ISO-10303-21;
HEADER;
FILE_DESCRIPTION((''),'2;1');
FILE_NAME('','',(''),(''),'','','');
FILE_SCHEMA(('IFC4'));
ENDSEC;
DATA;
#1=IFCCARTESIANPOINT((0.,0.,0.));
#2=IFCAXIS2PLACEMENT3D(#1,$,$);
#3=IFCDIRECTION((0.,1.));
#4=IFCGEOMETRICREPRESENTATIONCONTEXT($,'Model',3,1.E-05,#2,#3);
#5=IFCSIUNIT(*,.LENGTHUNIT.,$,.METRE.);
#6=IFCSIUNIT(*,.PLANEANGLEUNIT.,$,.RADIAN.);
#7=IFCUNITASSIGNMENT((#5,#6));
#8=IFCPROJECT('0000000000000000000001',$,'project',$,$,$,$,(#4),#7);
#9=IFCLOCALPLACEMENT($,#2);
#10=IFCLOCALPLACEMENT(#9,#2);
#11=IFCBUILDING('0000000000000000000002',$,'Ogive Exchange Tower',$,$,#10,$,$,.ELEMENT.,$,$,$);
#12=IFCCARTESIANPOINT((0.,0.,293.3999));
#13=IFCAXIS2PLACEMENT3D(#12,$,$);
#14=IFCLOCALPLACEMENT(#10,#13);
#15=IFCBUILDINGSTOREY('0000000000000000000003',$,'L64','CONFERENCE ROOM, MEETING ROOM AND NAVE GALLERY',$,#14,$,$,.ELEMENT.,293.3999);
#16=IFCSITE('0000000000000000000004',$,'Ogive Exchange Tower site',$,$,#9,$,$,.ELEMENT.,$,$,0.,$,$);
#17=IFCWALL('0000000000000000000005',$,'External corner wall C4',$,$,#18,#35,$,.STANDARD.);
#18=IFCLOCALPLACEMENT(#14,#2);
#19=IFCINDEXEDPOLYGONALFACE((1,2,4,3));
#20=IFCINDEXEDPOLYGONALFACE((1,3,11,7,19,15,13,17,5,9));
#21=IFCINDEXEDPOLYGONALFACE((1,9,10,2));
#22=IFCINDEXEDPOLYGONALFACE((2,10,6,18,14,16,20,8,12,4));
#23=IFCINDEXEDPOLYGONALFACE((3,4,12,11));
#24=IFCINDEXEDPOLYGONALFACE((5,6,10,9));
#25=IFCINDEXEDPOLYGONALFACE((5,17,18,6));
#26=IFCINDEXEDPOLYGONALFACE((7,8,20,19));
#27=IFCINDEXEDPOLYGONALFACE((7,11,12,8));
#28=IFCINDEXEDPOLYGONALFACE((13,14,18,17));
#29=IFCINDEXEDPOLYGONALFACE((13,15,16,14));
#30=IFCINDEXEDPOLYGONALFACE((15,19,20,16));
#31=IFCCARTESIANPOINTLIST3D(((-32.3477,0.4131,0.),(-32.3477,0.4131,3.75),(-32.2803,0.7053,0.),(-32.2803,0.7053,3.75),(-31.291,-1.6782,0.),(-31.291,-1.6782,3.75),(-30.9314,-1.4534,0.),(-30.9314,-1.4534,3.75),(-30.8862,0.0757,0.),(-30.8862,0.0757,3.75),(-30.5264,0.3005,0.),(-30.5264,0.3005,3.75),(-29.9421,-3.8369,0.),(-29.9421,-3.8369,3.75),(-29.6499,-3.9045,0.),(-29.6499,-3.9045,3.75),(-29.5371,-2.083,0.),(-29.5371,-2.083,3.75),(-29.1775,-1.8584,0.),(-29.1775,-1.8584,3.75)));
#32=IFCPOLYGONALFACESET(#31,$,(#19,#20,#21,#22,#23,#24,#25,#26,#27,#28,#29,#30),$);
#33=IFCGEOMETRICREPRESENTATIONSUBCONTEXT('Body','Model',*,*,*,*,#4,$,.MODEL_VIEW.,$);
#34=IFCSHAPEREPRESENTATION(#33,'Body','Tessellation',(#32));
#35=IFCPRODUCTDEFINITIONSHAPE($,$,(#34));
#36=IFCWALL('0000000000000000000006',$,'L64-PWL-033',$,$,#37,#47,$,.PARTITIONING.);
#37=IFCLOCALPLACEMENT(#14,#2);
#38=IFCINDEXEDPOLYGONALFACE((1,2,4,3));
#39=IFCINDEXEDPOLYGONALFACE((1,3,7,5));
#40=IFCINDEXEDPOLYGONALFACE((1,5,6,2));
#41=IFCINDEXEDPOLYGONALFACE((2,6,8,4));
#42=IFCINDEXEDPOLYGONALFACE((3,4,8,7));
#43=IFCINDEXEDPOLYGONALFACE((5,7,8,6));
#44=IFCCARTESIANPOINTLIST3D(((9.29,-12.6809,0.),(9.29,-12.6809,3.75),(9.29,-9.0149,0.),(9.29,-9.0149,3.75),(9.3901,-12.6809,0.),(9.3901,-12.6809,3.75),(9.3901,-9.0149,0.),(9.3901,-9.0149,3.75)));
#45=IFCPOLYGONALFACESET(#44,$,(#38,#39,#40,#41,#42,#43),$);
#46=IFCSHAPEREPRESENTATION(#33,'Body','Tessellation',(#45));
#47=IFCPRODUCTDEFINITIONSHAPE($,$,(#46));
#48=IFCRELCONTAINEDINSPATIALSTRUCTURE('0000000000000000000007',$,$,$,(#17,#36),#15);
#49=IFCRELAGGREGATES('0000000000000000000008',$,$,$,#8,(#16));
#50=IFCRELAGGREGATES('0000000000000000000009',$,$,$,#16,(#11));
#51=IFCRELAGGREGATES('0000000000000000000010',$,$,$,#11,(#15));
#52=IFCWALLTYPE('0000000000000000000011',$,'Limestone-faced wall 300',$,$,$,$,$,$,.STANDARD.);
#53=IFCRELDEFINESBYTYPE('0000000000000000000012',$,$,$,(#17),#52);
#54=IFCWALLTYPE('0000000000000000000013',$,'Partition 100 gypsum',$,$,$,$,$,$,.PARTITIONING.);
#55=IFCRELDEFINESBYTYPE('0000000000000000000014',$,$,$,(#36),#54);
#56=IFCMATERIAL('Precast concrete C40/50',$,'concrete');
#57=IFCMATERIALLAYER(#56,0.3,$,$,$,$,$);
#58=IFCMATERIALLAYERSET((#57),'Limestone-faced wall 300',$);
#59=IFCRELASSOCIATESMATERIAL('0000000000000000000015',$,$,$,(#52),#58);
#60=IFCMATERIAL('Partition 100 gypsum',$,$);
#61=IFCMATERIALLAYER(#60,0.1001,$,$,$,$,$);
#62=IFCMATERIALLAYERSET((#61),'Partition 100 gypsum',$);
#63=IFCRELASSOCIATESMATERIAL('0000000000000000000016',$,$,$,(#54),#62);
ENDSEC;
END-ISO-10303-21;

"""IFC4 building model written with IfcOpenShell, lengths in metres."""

from ifc_helpers import new_model, si_unit, direction, frame, frame_2d, origin, place, context, subcontext, project, spatial, polyline, rectangle, outline, extrude, material, layer, layer_set, type_object, element, save


model = new_model("IFC4")

# Units and contexts
model_context = context("Model", 3, precision=1e-05, world=origin(), true_north=direction((0.0, 1.0)))
body_context = subcontext(model_context, "Body", "Model", "MODEL_VIEW")
ifc_project = project(units=[si_unit("LENGTHUNIT", "METRE"), si_unit("PLANEANGLEUNIT", "RADIAN")], contexts=[model_context])

# Site, building, storey
site_placement = place(None, origin())
site = spatial("IfcSite", under=ifc_project, at=site_placement, Name="Ogive Exchange Tower site", CompositionType="ELEMENT", RefElevation=0.0)
building_placement = place(site_placement, origin())
building = spatial("IfcBuilding", under=site, at=building_placement, Name="Ogive Exchange Tower", CompositionType="ELEMENT")
storey_placement = place(building_placement, frame((0.0, 0.0, 293.3999)))
storey = spatial("IfcBuildingStorey", under=building, at=storey_placement, Name="L64", Description="CONFERENCE ROOM, MEETING ROOM AND NAVE GALLERY", CompositionType="ELEMENT", Elevation=293.3999)

# Shared definitions
ifc_material_1 = material(Name="Precast concrete C40/50", Category="concrete")
ifc_layer_1 = layer(ifc_material_1, 0.3)
ifc_layer_set_1 = layer_set([ifc_layer_1], Name="Limestone-faced wall 300")
wall_type_1 = type_object("IfcWallType", Name="Limestone-faced wall 300", PredefinedType="STANDARD", material=ifc_layer_set_1)

# Walls
wall_1_placement = place(storey_placement, origin())
element("IfcWall", 1, at=wall_1_placement, inside=storey, type_object=wall_type_1, Name="External corner wall C4", PredefinedType="STANDARD", context=body_context, shape_type="SweptSolid", body=[
    extrude(outline(polyline([(-31.291, -1.6782), (-30.8862, 0.0757), (-32.3477, 0.4131), (-32.2803, 0.7053), (-30.5264, 0.3005), (-30.9314, -1.4534), (-29.1775, -1.8584), (-29.6499, -3.9045), (-29.9421, -3.8369), (-29.5371, -2.083), (-31.291, -1.6782)])), origin(), (0.0, 0.0, 1.0), 3.75),
])
ifc_material_2 = material(Name="Partition 100 gypsum")
ifc_layer_2 = layer(ifc_material_2, 0.1001)
ifc_layer_set_2 = layer_set([ifc_layer_2], Name="Partition 100 gypsum")
wall_type_2 = type_object("IfcWallType", Name="Partition 100 gypsum", PredefinedType="PARTITIONING", material=ifc_layer_set_2)
wall_2_placement = place(storey_placement, frame((9.3401, -9.0149, 0.0), z_axis=(0.0, 0.0, 1.0), x_axis=(0.0, -1.0, 0.0)))
element("IfcWall", 2, at=wall_2_placement, inside=storey, type_object=wall_type_2, Name="L64-PWL-033", PredefinedType="PARTITIONING", context=body_context, shape_type="SweptSolid", body=[
    extrude(rectangle(XDim=3.666, YDim=0.1001, at=frame_2d((1.833, 0.0))), origin(), (0.0, 0.0, 1.0), 3.75),
])

save(model, "model.ifc")
